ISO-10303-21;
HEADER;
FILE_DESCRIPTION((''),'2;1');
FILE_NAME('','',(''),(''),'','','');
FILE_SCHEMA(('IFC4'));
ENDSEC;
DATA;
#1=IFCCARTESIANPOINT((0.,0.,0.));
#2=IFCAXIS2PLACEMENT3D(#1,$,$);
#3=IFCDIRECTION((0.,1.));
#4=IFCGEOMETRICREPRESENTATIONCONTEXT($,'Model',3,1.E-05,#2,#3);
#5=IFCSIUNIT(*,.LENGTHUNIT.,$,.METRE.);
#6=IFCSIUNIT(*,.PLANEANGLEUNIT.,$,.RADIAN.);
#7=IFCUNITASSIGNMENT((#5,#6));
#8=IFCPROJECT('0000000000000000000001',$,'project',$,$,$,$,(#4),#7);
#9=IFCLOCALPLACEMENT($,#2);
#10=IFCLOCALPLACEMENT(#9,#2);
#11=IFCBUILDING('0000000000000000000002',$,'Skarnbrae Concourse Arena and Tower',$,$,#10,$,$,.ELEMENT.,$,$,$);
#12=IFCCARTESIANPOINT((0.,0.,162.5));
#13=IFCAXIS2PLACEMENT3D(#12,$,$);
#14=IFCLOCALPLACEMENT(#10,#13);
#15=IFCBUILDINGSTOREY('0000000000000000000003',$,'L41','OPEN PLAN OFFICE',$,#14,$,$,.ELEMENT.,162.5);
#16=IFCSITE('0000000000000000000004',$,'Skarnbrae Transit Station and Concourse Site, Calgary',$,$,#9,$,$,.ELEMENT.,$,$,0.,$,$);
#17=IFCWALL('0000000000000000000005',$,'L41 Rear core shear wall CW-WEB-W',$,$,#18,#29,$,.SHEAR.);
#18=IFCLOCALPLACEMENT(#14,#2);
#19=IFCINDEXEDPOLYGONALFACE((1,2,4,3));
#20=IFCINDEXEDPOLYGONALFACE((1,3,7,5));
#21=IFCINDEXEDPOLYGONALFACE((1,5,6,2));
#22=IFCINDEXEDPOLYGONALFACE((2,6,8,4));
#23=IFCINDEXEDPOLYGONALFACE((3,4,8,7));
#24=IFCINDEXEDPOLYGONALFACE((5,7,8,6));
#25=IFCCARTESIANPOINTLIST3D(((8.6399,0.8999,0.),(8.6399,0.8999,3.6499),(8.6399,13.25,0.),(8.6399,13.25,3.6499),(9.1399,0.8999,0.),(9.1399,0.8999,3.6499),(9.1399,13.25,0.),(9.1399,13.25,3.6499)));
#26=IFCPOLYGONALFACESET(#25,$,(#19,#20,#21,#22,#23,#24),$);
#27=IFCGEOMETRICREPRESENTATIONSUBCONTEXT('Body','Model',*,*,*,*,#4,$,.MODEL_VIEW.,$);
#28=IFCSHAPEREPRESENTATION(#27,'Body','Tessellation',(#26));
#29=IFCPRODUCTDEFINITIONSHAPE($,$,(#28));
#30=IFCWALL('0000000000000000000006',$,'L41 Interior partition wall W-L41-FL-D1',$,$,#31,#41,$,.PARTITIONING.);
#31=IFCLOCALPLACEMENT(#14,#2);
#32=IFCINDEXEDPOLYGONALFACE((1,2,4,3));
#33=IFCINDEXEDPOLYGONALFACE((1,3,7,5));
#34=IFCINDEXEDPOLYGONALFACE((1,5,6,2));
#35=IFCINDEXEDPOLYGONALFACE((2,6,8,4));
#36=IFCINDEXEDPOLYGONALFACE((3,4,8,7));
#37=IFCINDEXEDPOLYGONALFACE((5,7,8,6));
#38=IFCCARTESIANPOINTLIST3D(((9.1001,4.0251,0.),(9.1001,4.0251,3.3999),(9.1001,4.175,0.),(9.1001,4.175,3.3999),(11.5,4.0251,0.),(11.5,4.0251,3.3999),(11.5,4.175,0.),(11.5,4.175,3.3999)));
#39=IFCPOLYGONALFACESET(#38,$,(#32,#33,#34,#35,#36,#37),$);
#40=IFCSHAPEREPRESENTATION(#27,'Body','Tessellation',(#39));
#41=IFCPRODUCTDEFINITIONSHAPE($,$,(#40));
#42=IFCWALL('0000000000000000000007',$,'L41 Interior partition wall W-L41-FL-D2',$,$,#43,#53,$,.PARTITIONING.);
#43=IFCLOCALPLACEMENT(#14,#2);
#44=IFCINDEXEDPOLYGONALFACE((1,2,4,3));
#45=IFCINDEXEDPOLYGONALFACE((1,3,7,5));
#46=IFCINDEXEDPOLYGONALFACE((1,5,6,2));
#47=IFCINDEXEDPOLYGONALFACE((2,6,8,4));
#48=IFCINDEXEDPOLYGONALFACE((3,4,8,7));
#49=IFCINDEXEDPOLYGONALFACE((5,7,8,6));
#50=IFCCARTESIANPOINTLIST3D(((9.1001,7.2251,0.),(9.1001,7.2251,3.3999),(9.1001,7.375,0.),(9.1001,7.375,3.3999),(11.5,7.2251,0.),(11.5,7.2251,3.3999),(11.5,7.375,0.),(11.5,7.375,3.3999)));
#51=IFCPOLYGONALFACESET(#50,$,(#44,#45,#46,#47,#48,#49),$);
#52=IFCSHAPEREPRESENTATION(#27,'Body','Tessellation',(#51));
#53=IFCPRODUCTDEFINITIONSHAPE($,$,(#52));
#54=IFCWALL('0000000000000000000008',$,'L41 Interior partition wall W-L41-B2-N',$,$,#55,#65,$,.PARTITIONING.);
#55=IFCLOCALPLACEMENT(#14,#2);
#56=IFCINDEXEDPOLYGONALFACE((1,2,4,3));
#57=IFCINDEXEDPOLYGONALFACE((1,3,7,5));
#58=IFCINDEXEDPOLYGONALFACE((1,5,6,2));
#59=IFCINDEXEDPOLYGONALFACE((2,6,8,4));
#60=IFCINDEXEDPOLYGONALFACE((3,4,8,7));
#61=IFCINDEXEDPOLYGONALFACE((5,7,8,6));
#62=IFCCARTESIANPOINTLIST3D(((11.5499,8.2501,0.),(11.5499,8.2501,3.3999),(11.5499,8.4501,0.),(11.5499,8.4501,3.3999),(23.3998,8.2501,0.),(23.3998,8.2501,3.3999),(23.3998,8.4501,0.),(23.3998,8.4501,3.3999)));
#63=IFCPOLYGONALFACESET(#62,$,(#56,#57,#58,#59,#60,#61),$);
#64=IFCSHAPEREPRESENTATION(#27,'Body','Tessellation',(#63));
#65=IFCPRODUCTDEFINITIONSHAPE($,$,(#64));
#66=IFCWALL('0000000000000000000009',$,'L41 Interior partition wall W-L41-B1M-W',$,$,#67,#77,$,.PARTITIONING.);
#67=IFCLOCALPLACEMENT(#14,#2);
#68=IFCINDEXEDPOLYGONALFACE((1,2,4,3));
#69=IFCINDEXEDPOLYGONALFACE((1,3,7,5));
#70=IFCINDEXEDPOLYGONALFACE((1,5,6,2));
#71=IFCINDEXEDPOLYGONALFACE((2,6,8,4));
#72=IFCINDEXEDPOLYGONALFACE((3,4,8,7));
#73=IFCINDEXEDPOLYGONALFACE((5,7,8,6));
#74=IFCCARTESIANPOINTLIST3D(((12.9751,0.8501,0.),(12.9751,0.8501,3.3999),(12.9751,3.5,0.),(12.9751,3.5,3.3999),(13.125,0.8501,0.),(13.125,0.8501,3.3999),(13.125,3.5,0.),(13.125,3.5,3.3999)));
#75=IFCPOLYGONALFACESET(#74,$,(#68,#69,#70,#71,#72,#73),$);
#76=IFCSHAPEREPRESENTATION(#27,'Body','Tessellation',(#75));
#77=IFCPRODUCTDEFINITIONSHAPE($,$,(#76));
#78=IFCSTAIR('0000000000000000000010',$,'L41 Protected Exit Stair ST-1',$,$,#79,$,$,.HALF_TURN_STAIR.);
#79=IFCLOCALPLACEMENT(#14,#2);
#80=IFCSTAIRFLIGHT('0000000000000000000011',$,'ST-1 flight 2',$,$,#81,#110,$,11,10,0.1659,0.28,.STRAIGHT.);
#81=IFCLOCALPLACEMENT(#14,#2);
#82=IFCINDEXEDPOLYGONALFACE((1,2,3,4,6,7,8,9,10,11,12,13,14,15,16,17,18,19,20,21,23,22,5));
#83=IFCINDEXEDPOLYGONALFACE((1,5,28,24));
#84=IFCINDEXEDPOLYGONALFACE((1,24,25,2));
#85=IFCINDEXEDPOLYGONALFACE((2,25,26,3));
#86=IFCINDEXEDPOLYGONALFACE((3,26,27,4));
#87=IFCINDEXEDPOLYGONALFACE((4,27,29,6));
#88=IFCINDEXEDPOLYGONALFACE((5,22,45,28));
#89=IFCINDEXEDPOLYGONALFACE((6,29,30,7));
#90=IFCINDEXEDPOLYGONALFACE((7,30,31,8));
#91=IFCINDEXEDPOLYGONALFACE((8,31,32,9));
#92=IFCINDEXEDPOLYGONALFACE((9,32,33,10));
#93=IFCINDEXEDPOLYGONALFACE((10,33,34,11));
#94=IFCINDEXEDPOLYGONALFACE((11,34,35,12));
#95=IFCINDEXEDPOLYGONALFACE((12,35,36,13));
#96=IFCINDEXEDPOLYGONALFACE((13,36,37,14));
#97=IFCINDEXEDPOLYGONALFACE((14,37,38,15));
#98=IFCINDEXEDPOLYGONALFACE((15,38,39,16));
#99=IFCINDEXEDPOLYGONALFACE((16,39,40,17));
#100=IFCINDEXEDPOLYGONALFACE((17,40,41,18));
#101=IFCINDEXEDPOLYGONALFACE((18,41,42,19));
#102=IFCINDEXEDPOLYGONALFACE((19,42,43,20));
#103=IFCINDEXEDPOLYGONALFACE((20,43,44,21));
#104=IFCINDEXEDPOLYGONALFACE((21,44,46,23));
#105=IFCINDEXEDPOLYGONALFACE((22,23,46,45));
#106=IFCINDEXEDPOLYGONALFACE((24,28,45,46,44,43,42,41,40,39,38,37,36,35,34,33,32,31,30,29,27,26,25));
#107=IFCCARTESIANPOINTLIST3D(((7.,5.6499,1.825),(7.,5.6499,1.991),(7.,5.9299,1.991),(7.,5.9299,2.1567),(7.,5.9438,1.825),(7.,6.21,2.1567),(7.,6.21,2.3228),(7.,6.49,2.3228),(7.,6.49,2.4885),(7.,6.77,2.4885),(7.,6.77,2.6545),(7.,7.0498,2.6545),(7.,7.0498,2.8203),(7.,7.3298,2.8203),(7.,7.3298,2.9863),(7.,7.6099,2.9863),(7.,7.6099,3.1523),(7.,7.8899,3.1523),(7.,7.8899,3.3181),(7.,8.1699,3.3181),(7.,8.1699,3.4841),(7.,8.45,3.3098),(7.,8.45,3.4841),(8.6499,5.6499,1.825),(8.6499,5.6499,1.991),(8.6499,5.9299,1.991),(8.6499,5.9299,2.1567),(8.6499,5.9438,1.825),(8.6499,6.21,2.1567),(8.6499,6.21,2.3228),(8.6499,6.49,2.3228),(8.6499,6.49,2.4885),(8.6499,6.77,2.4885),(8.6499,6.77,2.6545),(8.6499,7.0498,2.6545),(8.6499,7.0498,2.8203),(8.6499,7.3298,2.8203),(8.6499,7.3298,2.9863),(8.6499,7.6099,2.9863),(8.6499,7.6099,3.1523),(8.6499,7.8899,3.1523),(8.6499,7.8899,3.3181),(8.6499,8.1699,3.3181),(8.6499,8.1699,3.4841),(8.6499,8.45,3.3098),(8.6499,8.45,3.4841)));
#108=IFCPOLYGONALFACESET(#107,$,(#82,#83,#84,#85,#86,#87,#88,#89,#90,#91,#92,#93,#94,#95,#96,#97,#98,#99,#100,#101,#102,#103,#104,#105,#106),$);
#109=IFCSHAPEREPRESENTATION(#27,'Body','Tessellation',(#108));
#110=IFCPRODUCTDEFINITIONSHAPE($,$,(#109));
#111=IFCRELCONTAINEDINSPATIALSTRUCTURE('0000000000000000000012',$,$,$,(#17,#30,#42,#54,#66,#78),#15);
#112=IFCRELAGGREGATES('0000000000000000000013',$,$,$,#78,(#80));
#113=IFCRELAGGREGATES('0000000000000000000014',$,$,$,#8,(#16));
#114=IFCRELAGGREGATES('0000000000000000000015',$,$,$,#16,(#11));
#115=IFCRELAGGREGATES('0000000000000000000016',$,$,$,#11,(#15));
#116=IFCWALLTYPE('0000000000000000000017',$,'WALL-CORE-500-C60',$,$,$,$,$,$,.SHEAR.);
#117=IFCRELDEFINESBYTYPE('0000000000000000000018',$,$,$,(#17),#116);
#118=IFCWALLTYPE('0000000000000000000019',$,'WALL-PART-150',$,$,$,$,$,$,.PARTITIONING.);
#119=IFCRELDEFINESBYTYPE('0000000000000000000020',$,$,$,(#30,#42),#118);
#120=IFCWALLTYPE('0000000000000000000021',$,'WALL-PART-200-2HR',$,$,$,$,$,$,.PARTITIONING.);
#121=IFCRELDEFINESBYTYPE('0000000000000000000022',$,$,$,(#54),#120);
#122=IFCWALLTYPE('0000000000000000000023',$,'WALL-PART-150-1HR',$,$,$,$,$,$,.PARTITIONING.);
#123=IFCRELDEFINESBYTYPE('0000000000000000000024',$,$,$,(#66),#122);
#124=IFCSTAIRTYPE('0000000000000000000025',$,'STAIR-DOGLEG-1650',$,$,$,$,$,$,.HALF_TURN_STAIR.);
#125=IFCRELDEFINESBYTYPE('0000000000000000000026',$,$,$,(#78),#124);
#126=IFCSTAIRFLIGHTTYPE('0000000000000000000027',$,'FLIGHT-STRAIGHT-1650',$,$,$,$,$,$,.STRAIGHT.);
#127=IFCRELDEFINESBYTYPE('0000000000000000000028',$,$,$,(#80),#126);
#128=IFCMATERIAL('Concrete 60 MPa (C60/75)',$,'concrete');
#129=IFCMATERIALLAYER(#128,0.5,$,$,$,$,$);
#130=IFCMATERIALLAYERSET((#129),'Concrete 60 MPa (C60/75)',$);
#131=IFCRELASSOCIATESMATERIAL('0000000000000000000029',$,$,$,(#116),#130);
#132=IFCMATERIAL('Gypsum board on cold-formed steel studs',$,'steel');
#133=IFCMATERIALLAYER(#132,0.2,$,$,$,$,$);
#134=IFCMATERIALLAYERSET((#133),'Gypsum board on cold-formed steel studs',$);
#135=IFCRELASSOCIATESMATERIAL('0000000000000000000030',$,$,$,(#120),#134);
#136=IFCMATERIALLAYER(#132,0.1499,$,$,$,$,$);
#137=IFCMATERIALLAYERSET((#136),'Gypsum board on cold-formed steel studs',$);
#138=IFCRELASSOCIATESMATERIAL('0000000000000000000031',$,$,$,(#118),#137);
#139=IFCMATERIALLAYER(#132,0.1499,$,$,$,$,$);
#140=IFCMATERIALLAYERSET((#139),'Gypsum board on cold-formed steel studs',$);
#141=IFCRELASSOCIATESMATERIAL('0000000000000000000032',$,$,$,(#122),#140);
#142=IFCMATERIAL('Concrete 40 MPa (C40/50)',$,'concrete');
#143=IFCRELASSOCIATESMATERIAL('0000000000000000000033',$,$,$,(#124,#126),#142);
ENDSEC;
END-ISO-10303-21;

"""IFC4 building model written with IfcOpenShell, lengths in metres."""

from ifc_helpers import new_model, si_unit, direction, frame, frame_2d, origin, place, context, subcontext, project, spatial, polyline, rectangle, outline, extrude, source, transform, mapped, material, layer, layer_set, type_object, element, aggregate, save


model = new_model("IFC4")

# Units and contexts
model_context = context("Model", 3, precision=1e-05, world=origin(), true_north=direction((0.0, 1.0)))
body_context = subcontext(model_context, "Body", "Model", "MODEL_VIEW")
ifc_project = project(units=[si_unit("LENGTHUNIT", "METRE"), si_unit("PLANEANGLEUNIT", "RADIAN")], contexts=[model_context])

# Site, building, storey
site_placement = place(None, origin())
site = spatial("IfcSite", under=ifc_project, at=site_placement, Name="Skarnbrae Transit Station and Concourse Site, Calgary", CompositionType="ELEMENT", RefElevation=0.0)
building_placement = place(site_placement, origin())
building = spatial("IfcBuilding", under=site, at=building_placement, Name="Skarnbrae Concourse Arena and Tower", CompositionType="ELEMENT")
storey_placement = place(building_placement, frame((0.0, 0.0, 162.5)))
storey = spatial("IfcBuildingStorey", under=building, at=storey_placement, Name="L41", Description="OPEN PLAN OFFICE", CompositionType="ELEMENT", Elevation=162.5)

# Wall
ifc_material_1 = material(Name="Concrete 60 MPa (C60/75)", Category="concrete")
ifc_layer_1 = layer(ifc_material_1, 0.5)
ifc_layer_set_1 = layer_set([ifc_layer_1], Name="Concrete 60 MPa (C60/75)")
wall_type_1 = type_object("IfcWallType", Name="WALL-CORE-500-C60", PredefinedType="SHEAR", material=ifc_layer_set_1)
shared_shape_1 = source(origin(), body_context, "Body", "SweptSolid", [
    extrude(rectangle(XDim=12.3501, YDim=0.5, at=frame_2d((6.175, 0.0))), origin(), (0.0, 0.0, 1.0), 3.6499),
])
wall_1_placement = place(storey_placement, frame((8.8899, 0.8999, 0.0), z_axis=(0.0, 0.0, 1.0), x_axis=(0.0, 1.0, 0.0)))
element("IfcWall", 1, at=wall_1_placement, inside=storey, type_object=wall_type_1, Name="L41 Rear core shear wall CW-WEB-W", PredefinedType="SHEAR", context=body_context, shape_type="MappedRepresentation", body=[
    mapped(shared_shape_1, transform((0.0, 0.0, 0.0))),
])

# Shared definitions
ifc_material_2 = material(Name="Gypsum board on cold-formed steel studs", Category="steel")
ifc_layer_2 = layer(ifc_material_2, 0.2)
ifc_layer_set_2 = layer_set([ifc_layer_2], Name="Gypsum board on cold-formed steel studs")
wall_type_2 = type_object("IfcWallType", Name="WALL-PART-200-2HR", PredefinedType="PARTITIONING", material=ifc_layer_set_2)

# Walls
ifc_layer_3 = layer(ifc_material_2, 0.1499)
ifc_layer_set_3 = layer_set([ifc_layer_3], Name="Gypsum board on cold-formed steel studs")
wall_type_3 = type_object("IfcWallType", Name="WALL-PART-150", PredefinedType="PARTITIONING", material=ifc_layer_set_3)
shared_shape_2 = source(origin(), body_context, "Body", "SweptSolid", [
    extrude(rectangle(XDim=2.3999, YDim=0.1499, at=frame_2d((1.2, 0.0))), origin(), (0.0, 0.0, 1.0), 3.3999),
])
for number, where, z_axis, x_axis, name in (
    (2, (9.1001, 4.1001, 0.0), (0.0, 0.0, 1.0), (1.0, 0.0, 0.0), "L41 Interior partition wall W-L41-FL-D1"),
    (3, (9.1001, 7.3, 0.0), (0.0, 0.0, 1.0), (1.0, 0.0, 0.0), "L41 Interior partition wall W-L41-FL-D2"),
):
    element("IfcWall", number, at=place(storey_placement, frame(where, z_axis=z_axis, x_axis=x_axis)), inside=storey, type_object=wall_type_3, Name=name, PredefinedType="PARTITIONING", context=body_context, shape_type="MappedRepresentation", body=[
        mapped(shared_shape_2, transform((0.0, 0.0, 0.0))),
    ])

# Shared definitions
shared_shape_3 = source(origin(), body_context, "Body", "SweptSolid", [
    extrude(rectangle(XDim=11.8499, YDim=0.2, at=frame_2d((5.9248, 0.0))), origin(), (0.0, 0.0, 1.0), 3.3999),
])

# Walls
wall_2_placement = place(storey_placement, frame((11.55, 8.3501, 0.0), z_axis=(0.0, 0.0, 1.0), x_axis=(1.0, 0.0, 0.0)))
element("IfcWall", 4, at=wall_2_placement, inside=storey, type_object=wall_type_2, Name="L41 Interior partition wall W-L41-B2-N", PredefinedType="PARTITIONING", context=body_context, shape_type="MappedRepresentation", body=[
    mapped(shared_shape_3, transform((0.0, 0.0, 0.0))),
])
ifc_layer_4 = layer(ifc_material_2, 0.1499)
ifc_layer_set_4 = layer_set([ifc_layer_4], Name="Gypsum board on cold-formed steel studs")
wall_type_4 = type_object("IfcWallType", Name="WALL-PART-150-1HR", PredefinedType="PARTITIONING", material=ifc_layer_set_4)
shared_shape_4 = source(origin(), body_context, "Body", "SweptSolid", [
    extrude(rectangle(XDim=2.6499, YDim=0.1499, at=frame_2d((1.325, 0.0))), origin(), (0.0, 0.0, 1.0), 3.3999),
])
wall_3_placement = place(storey_placement, frame((13.05, 0.8501, 0.0), z_axis=(0.0, 0.0, 1.0), x_axis=(0.0, 1.0, 0.0)))
element("IfcWall", 5, at=wall_3_placement, inside=storey, type_object=wall_type_4, Name="L41 Interior partition wall W-L41-B1M-W", PredefinedType="PARTITIONING", context=body_context, shape_type="MappedRepresentation", body=[
    mapped(shared_shape_4, transform((0.0, 0.0, 0.0))),
])

# Stair, stair flight
ifc_material_3 = material(Name="Concrete 40 MPa (C40/50)", Category="concrete")
stair_type = type_object("IfcStairType", Name="STAIR-DOGLEG-1650", PredefinedType="HALF_TURN_STAIR", material=ifc_material_3)
stair_placement = place(storey_placement, origin())
stair = element("IfcStair", 6, at=stair_placement, inside=storey, type_object=stair_type, Name="L41 Protected Exit Stair ST-1", PredefinedType="HALF_TURN_STAIR")
stair_flight_type = type_object("IfcStairFlightType", Name="FLIGHT-STRAIGHT-1650", PredefinedType="STRAIGHT", material=ifc_material_3)
shared_shape_5 = source(origin(), body_context, "Body", "SweptSolid", [
    extrude(outline(polyline([(0.0, 0.0), (0.0, 0.166), (0.28, 0.166), (0.28, 0.3318), (0.5601, 0.3318), (0.5601, 0.4978), (0.8401, 0.4978), (0.8401, 0.6636), (1.1201, 0.6636), (1.1201, 0.8296), (1.3999, 0.8296), (1.3999, 0.9954), (1.6799, 0.9954), (1.6799, 1.1614), (1.96, 1.1614), (1.96, 1.3274), (2.24, 1.3274), (2.24, 1.4932), (2.52, 1.4932), (2.52, 1.6592), (2.8, 1.6592), (2.8, 1.825), (2.8, 1.4849), (0.2939, 0.0), (0.0, 0.0)])), frame((0.0, 0.825, 0.0), z_axis=(0.0, -1.0, 0.0), x_axis=(1.0, 0.0, 0.0)), (0.0, 0.0, 1.0), 1.6499),
])
stair_flight_placement = place(storey_placement, frame((7.825, 5.6499, 1.825), z_axis=(0.0, 0.0, 1.0), x_axis=(0.0, 1.0, 0.0)))
stair_flight = element("IfcStairFlight", 7, at=stair_flight_placement, type_object=stair_flight_type, Name="ST-1 flight 2", NumberOfRisers=11, NumberOfTreads=10, PredefinedType="STRAIGHT", RiserHeight=0.1659, TreadLength=0.28, context=body_context, shape_type="MappedRepresentation", body=[
    mapped(shared_shape_5, transform((0.0, 0.0, 0.0))),
])
aggregate(stair, [stair_flight])

save(model, "model.ifc")
